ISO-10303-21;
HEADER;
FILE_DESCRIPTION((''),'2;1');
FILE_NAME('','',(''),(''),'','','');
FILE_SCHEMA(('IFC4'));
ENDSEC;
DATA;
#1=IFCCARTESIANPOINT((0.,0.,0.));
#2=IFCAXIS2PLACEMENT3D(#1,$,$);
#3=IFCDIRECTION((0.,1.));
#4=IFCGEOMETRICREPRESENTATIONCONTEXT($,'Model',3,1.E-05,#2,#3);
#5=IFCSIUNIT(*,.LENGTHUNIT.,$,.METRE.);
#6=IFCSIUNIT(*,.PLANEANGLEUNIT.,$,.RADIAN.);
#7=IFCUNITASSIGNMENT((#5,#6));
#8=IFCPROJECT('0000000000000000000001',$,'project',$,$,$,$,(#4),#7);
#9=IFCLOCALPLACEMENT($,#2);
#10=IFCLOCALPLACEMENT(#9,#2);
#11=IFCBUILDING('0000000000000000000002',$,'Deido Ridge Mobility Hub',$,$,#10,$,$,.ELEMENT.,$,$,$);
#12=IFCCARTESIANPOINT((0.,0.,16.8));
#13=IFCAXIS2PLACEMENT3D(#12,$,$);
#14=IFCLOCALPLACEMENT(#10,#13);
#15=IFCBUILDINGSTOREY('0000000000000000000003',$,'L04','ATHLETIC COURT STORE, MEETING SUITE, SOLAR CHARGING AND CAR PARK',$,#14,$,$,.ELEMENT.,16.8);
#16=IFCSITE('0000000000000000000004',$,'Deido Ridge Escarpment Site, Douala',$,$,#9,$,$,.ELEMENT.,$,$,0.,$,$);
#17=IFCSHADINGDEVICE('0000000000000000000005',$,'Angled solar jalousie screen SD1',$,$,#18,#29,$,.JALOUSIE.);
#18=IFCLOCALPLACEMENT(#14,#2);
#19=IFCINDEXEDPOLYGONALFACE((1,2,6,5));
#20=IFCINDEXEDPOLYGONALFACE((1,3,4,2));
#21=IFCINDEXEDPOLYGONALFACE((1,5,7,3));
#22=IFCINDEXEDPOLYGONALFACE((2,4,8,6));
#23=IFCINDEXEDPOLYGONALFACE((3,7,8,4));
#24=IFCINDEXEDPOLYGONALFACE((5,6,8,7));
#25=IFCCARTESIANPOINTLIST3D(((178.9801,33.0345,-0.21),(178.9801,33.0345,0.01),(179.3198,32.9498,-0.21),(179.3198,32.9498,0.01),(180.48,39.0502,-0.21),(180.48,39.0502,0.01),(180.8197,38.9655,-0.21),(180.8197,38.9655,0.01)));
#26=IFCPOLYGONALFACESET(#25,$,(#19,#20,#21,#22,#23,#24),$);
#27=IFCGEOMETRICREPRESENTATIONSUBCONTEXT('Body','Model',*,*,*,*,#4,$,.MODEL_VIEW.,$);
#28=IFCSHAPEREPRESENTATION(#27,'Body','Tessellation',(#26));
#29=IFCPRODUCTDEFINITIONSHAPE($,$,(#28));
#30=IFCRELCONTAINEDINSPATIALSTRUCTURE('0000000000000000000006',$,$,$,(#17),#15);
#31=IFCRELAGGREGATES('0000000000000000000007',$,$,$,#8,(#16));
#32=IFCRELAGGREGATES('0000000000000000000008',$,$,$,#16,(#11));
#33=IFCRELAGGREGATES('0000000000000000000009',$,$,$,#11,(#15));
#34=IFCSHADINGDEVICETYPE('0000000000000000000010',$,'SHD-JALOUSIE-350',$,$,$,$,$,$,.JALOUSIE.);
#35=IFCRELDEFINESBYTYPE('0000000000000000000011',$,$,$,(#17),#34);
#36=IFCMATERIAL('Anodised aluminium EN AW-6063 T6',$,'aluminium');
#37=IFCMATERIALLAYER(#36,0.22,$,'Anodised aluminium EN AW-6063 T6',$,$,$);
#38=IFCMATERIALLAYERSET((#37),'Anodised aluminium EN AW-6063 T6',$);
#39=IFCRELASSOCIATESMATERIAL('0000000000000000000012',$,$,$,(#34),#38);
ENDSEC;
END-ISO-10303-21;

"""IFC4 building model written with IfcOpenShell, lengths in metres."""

from ifc_helpers import new_model, si_unit, direction, frame, origin, origin_2d, place, context, subcontext, project, spatial, rectangle, extrude, material, layer, layer_set, type_object, element, save


model = new_model("IFC4")

# Units and contexts
model_context = context("Model", 3, precision=1e-05, world=origin(), true_north=direction((0.0, 1.0)))
body_context = subcontext(model_context, "Body", "Model", "MODEL_VIEW")
ifc_project = project(units=[si_unit("LENGTHUNIT", "METRE"), si_unit("PLANEANGLEUNIT", "RADIAN")], contexts=[model_context])

# Site, building, storey
site_placement = place(None, origin())
site = spatial("IfcSite", under=ifc_project, at=site_placement, Name="Deido Ridge Escarpment Site, Douala", CompositionType="ELEMENT", RefElevation=0.0)
building_placement = place(site_placement, origin())
building = spatial("IfcBuilding", under=site, at=building_placement, Name="Deido Ridge Mobility Hub", CompositionType="ELEMENT")
storey_placement = place(building_placement, frame((0.0, 0.0, 16.8)))
storey = spatial("IfcBuildingStorey", under=building, at=storey_placement, Name="L04", Description="ATHLETIC COURT STORE, MEETING SUITE, SOLAR CHARGING AND CAR PARK", CompositionType="ELEMENT", Elevation=16.8)

# Shared definitions
ifc_material_1 = material(Name="Anodised aluminium EN AW-6063 T6", Category="aluminium")

# Shading device
ifc_layer_1 = layer(ifc_material_1, 0.22, Name="Anodised aluminium EN AW-6063 T6")
ifc_layer_set_1 = layer_set([ifc_layer_1], Name="Anodised aluminium EN AW-6063 T6")
shading_device_type = type_object("IfcShadingDeviceType", Name="SHD-JALOUSIE-350", PredefinedType="JALOUSIE", material=ifc_layer_set_1)
shading_device_placement = place(storey_placement, frame((179.8999, 36.0, -0.21), z_axis=(0.0, 0.0, 1.0), x_axis=(0.241922, 0.970296, 0.0)))
element("IfcShadingDevice", 1, at=shading_device_placement, inside=storey, type_object=shading_device_type, Name="Angled solar jalousie screen SD1", PredefinedType="JALOUSIE", context=body_context, shape_type="SweptSolid", body=[
    extrude(rectangle(XDim=6.2, YDim=0.3501, at=origin_2d()), origin(), (0.0, 0.0, 1.0), 0.22),
])

save(model, "model.ifc")
